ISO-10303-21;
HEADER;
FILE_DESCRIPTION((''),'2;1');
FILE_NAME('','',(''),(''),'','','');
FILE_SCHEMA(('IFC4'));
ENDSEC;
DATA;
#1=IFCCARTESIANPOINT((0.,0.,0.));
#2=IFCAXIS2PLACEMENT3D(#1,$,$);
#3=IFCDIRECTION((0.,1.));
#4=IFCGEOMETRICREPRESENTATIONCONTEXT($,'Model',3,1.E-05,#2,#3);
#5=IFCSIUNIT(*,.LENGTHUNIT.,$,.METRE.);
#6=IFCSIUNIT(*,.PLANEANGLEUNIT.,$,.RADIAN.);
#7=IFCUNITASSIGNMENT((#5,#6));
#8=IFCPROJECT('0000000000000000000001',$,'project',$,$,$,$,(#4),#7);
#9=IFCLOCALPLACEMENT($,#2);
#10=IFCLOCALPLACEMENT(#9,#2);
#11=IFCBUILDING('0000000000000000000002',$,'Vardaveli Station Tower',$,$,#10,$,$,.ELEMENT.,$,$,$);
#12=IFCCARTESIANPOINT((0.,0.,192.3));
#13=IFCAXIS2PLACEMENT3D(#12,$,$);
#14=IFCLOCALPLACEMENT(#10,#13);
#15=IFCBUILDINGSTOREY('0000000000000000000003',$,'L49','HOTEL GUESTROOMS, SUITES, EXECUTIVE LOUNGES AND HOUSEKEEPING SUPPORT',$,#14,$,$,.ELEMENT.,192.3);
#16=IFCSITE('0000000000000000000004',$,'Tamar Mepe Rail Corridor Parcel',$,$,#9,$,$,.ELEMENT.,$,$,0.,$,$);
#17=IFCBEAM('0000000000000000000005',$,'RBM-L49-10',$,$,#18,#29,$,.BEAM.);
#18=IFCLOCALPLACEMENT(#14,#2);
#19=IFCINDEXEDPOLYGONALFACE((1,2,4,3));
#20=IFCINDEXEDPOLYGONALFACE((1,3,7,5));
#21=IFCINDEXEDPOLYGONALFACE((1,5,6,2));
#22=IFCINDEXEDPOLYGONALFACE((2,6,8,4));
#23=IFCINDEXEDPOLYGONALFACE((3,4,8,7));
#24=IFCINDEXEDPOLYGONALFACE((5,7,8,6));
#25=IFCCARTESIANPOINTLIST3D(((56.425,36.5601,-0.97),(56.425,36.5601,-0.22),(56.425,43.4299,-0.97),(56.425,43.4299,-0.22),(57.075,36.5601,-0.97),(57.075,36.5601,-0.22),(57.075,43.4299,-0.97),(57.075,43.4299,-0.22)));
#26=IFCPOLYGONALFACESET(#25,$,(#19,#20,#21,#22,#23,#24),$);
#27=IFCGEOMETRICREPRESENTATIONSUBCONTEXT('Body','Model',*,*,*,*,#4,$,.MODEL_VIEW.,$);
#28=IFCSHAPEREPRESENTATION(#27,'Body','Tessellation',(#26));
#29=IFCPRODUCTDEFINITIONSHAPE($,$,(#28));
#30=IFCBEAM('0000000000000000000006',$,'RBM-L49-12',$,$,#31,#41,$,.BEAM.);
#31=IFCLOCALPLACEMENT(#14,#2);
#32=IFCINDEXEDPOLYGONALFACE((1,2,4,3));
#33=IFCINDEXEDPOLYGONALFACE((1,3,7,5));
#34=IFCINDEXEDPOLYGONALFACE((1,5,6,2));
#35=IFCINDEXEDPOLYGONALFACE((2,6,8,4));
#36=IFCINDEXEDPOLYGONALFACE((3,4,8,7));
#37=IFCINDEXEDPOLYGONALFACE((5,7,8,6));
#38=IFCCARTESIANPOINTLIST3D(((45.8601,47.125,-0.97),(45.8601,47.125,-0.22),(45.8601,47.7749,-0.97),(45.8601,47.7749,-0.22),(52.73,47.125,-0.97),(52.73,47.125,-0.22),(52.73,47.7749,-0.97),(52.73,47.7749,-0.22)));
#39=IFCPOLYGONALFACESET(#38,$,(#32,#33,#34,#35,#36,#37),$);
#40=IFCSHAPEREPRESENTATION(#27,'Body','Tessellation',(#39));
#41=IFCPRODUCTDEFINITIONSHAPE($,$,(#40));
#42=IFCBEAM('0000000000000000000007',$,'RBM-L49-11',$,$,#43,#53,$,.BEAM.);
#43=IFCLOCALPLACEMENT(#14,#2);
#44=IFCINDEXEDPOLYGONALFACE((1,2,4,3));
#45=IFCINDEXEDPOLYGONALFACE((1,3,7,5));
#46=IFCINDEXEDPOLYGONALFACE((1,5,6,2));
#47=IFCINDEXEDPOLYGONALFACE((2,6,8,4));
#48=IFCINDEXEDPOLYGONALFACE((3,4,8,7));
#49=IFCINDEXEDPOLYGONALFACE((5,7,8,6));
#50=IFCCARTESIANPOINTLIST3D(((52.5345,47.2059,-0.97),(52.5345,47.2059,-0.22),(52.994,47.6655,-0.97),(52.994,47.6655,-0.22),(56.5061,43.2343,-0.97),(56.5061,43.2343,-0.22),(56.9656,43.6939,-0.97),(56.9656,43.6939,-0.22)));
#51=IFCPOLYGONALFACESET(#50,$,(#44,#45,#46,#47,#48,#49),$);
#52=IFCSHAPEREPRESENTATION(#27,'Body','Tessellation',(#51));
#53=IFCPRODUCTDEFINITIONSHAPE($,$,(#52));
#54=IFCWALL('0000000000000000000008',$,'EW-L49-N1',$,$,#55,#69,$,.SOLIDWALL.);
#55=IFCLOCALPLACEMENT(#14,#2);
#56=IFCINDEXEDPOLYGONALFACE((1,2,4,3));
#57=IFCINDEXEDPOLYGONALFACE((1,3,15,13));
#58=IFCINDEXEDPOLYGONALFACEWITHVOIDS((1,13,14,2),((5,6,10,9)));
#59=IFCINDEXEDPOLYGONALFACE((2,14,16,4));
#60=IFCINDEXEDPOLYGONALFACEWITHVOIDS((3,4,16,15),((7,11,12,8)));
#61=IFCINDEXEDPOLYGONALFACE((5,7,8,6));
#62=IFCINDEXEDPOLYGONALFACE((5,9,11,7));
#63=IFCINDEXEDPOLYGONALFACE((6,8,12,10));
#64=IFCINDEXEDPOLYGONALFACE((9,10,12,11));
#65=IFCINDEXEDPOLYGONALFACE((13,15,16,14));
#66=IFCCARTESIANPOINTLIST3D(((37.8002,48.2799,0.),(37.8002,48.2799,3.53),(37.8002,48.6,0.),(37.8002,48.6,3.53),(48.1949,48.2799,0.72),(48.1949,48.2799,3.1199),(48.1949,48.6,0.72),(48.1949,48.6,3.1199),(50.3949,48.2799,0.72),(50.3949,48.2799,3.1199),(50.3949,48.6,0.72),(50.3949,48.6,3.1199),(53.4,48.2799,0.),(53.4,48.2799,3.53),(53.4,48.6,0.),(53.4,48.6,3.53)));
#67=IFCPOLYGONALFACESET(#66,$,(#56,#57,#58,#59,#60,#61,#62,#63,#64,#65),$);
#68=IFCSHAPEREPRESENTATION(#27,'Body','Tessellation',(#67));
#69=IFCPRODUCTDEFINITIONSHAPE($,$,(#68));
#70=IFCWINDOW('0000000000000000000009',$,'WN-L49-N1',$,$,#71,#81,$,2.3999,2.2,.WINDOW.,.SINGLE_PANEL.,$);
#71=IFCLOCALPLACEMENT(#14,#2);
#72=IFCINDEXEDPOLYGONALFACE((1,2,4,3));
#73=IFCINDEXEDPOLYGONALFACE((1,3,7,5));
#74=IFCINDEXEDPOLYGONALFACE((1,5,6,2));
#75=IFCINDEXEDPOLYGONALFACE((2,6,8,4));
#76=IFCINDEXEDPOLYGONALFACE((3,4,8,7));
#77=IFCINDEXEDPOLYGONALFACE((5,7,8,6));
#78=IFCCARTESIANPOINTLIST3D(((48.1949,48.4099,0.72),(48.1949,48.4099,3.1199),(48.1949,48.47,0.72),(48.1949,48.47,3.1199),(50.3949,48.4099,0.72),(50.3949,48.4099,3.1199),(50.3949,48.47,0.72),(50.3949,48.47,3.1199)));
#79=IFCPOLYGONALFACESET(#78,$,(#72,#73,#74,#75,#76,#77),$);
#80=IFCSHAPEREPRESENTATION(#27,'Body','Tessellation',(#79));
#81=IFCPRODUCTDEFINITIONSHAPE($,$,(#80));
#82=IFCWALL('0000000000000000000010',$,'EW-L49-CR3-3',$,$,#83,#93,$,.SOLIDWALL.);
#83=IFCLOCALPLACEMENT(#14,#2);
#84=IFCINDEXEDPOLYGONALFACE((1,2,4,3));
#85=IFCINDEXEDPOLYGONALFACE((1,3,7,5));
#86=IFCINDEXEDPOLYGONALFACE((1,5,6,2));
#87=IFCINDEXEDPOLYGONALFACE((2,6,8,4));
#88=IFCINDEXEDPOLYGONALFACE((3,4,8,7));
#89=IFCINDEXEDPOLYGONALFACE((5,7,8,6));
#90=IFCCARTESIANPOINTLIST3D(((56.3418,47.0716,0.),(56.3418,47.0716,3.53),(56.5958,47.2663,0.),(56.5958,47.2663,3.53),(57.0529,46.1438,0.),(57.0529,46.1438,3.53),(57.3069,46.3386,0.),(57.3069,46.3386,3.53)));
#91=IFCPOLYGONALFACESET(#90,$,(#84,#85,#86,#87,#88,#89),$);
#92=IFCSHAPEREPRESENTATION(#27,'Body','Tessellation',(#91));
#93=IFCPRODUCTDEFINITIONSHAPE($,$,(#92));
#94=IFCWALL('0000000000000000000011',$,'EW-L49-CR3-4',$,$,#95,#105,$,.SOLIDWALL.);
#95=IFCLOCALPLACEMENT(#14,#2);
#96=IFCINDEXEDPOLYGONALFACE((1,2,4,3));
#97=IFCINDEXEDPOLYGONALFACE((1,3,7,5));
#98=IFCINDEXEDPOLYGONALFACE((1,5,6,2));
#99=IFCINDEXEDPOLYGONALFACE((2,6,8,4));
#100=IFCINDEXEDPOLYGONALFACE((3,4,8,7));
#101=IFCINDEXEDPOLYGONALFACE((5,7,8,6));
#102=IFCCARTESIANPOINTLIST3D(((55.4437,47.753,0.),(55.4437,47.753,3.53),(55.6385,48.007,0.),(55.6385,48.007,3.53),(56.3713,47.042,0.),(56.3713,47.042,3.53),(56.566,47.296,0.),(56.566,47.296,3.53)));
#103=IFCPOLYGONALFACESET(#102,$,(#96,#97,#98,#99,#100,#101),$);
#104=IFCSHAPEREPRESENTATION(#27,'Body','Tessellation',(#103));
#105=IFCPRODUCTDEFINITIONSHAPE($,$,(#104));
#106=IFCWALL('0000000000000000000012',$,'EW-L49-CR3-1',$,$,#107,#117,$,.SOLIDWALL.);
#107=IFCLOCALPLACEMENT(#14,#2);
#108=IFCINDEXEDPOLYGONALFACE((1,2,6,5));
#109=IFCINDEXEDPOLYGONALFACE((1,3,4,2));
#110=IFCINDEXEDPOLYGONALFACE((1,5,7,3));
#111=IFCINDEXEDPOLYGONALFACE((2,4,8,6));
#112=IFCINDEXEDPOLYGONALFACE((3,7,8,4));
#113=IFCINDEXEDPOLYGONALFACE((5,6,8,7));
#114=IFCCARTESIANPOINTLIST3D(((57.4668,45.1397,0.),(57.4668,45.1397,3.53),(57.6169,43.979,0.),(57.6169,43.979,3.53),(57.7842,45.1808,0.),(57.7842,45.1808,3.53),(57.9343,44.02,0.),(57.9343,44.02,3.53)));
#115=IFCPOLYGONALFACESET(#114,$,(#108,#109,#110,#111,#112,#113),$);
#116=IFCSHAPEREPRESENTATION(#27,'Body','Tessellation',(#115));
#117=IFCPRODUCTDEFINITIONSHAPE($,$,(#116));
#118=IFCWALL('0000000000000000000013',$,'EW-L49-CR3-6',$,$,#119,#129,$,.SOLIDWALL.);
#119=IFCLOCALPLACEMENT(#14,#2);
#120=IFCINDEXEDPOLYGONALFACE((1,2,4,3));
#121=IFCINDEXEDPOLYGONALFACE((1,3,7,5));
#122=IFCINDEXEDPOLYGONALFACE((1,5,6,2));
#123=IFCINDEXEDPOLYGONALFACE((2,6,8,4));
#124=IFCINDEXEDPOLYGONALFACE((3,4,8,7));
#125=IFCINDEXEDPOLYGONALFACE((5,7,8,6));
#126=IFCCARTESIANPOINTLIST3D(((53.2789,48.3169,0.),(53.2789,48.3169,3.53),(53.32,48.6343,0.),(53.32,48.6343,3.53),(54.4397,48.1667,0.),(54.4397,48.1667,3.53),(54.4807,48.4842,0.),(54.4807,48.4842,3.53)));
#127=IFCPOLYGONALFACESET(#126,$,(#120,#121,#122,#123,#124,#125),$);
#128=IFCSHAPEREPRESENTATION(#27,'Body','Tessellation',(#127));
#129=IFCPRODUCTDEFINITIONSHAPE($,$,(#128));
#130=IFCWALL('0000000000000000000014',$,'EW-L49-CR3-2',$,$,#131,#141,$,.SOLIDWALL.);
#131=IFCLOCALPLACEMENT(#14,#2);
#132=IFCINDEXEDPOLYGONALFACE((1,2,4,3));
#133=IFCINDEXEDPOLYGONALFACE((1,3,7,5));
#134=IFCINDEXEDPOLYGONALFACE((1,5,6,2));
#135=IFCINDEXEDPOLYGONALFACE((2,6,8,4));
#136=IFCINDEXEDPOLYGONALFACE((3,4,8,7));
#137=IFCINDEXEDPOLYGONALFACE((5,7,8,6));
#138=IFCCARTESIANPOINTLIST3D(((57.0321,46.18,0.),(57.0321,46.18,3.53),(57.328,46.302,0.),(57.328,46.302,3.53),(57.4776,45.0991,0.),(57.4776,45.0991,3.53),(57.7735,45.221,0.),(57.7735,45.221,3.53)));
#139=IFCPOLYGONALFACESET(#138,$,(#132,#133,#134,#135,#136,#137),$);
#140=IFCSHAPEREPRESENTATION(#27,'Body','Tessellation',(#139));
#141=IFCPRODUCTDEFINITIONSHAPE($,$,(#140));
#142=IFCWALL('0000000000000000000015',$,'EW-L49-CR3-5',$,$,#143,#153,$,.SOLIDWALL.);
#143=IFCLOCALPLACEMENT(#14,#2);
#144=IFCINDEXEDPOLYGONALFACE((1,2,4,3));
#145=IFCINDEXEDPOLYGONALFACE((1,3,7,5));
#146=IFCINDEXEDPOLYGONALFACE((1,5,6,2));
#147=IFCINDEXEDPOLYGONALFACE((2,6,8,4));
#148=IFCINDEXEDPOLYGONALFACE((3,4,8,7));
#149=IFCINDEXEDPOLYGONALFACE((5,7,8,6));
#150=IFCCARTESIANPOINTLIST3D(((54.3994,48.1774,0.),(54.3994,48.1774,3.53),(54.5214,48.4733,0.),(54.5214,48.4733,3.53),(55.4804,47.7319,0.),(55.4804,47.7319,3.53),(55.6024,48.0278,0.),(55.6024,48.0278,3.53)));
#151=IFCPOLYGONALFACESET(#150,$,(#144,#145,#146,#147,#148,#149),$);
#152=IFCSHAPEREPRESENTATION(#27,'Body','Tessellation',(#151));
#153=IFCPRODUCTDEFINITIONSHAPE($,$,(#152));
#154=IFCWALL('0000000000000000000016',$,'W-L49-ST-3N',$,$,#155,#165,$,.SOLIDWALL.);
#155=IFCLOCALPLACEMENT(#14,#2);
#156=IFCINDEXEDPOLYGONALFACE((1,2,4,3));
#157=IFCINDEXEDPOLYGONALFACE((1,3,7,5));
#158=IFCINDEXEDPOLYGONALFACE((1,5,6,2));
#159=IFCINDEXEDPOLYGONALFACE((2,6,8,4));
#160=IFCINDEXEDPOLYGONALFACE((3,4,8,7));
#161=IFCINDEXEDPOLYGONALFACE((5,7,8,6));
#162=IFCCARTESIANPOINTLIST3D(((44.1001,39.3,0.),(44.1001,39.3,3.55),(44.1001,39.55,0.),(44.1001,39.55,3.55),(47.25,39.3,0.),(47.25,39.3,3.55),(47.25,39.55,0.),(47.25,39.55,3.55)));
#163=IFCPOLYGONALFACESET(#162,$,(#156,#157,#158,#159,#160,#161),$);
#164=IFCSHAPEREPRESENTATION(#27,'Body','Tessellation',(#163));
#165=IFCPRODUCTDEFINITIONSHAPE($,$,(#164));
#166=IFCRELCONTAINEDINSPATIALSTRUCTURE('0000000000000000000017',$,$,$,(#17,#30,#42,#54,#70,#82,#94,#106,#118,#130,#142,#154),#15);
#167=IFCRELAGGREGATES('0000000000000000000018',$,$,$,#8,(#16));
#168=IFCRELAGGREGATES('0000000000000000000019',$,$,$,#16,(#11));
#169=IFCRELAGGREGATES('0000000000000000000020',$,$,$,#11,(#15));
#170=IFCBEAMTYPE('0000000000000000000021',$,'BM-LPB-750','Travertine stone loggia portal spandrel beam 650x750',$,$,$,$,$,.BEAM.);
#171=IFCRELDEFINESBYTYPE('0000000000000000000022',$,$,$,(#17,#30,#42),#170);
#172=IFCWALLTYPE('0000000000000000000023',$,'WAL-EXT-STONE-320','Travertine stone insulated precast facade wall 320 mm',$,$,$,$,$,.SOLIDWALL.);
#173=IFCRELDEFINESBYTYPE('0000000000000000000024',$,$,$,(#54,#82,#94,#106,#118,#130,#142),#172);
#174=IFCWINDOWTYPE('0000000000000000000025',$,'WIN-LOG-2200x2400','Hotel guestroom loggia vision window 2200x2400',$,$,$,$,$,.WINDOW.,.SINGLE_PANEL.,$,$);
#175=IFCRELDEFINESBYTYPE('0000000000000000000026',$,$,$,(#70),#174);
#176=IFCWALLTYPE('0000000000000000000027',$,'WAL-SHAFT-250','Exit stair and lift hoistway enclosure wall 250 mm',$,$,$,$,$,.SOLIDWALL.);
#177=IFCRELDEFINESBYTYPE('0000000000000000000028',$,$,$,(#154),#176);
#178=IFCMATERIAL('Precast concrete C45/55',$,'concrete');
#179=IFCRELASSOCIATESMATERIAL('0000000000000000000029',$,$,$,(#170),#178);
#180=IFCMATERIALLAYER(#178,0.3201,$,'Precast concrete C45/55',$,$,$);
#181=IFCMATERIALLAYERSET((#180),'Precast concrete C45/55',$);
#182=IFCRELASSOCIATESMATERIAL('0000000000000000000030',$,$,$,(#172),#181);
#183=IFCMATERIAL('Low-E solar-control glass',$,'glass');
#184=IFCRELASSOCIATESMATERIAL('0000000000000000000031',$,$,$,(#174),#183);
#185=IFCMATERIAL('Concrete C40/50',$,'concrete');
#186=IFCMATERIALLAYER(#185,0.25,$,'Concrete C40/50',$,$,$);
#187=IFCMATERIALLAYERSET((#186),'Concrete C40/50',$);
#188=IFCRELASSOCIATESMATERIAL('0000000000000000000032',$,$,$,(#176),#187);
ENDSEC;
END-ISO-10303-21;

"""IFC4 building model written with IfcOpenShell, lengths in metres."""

from ifc_helpers import new_model, si_unit, direction, frame, frame_2d, origin, origin_2d, place, context, subcontext, project, spatial, rectangle, extrude, source, transform, mapped, material, layer, layer_set, material_profile, profile_set, type_object, element, fill, save


model = new_model("IFC4")

# Units and contexts
model_context = context("Model", 3, precision=1e-05, world=origin(), true_north=direction((0.0, 1.0)))
body_context = subcontext(model_context, "Body", "Model", "MODEL_VIEW")
ifc_project = project(units=[si_unit("LENGTHUNIT", "METRE"), si_unit("PLANEANGLEUNIT", "RADIAN")], contexts=[model_context])

# Site, building, storey
site_placement = place(None, origin())
site = spatial("IfcSite", under=ifc_project, at=site_placement, Name="Tamar Mepe Rail Corridor Parcel", CompositionType="ELEMENT", RefElevation=0.0)
building_placement = place(site_placement, origin())
building = spatial("IfcBuilding", under=site, at=building_placement, Name="Vardaveli Station Tower", CompositionType="ELEMENT")
storey_placement = place(building_placement, frame((0.0, 0.0, 192.3)))
storey = spatial("IfcBuildingStorey", under=building, at=storey_placement, Name="L49", Description="HOTEL GUESTROOMS, SUITES, EXECUTIVE LOUNGES AND HOUSEKEEPING SUPPORT", CompositionType="ELEMENT", Elevation=192.3)

# Beams
ifc_material_1 = material(Name="Precast concrete C45/55", Category="concrete")
ifc_material_profile_1 = material_profile(ifc_material_1, rectangle(XDim=0.6499, YDim=0.75, at=origin_2d()), Name="LPB 650x750")
ifc_profile_set_1 = profile_set([ifc_material_profile_1], Name="Precast concrete C45/55")
beam_type = type_object("IfcBeamType", Name="BM-LPB-750", Description="Travertine stone loggia portal spandrel beam 650x750", PredefinedType="BEAM", material=ifc_profile_set_1)
shared_shape_1 = source(origin(), body_context, "Body", "SweptSolid", [
    extrude(rectangle(XDim=0.6499, YDim=0.75, at=origin_2d()), origin(), (0.0, 0.0, 1.0), 6.8699),
])
for number, where, z_axis, x_axis, name in (
    (1, (56.75, 36.5601, -0.595), (0.0, 1.0, 0.0), (-1.0, 0.0, 0.0), "RBM-L49-10"),
    (2, (52.73, 47.45, -0.595), (-1.0, 0.0, 0.0), (0.0, -1.0, 0.0), "RBM-L49-12"),
):
    element("IfcBeam", number, at=place(storey_placement, frame(where, z_axis=z_axis, x_axis=x_axis)), inside=storey, type_object=beam_type, Name=name, PredefinedType="BEAM", context=body_context, shape_type="MappedRepresentation", body=[
        mapped(shared_shape_1, transform((0.0, 0.0, 0.0), scale=1.0)),
    ])
shared_shape_2 = source(origin(), body_context, "Body", "SweptSolid", [
    extrude(rectangle(XDim=0.6499, YDim=0.75, at=origin_2d()), origin(), (0.0, 0.0, 1.0), 5.6167),
])
beam_1_placement = place(storey_placement, frame((56.7358, 43.4641, -0.595), z_axis=(-0.707107, 0.707107, 0.0), x_axis=(-0.707107, -0.707107, 0.0)))
element("IfcBeam", 3, at=beam_1_placement, inside=storey, type_object=beam_type, Name="RBM-L49-11", PredefinedType="BEAM", context=body_context, shape_type="MappedRepresentation", body=[
    mapped(shared_shape_2, transform((0.0, 0.0, 0.0), scale=1.0)),
])

# Wall, opening, window
ifc_layer_1 = layer(ifc_material_1, 0.3201, Name="Precast concrete C45/55")
ifc_layer_set_1 = layer_set([ifc_layer_1], Name="Precast concrete C45/55")
wall_type_1 = type_object("IfcWallType", Name="WAL-EXT-STONE-320", Description="Travertine stone insulated precast facade wall 320 mm", PredefinedType="SOLIDWALL", material=ifc_layer_set_1)
shared_shape_3 = source(origin(), body_context, "Body", "SweptSolid", [
    extrude(rectangle(XDim=15.5999, YDim=0.3201, at=frame_2d((7.7998, 0.0))), origin(), (0.0, 0.0, 1.0), 3.53),
])
wall_1_placement = place(storey_placement, frame((53.3999, 48.4399, 0.0), z_axis=(0.0, 0.0, 1.0), x_axis=(-1.0, 0.0, 0.0)))
wall_1 = element("IfcWall", 4, at=wall_1_placement, inside=storey, type_object=wall_type_1, Name="EW-L49-N1", PredefinedType="SOLIDWALL", context=body_context, shape_type="MappedRepresentation", body=[
    mapped(shared_shape_3, transform((0.0, 0.0, 0.0), scale=1.0)),
])
shared_shape_4 = source(origin(), body_context, "Body", "SweptSolid", [
    extrude(rectangle(XDim=2.2, YDim=2.3999, at=frame_2d((1.1001, 1.2))), frame((0.0, 0.1699, 0.0), z_axis=(0.0, -1.0, 0.0), x_axis=(1.0, 0.0, 0.0)), (0.0, 0.0, 1.0), 0.3401),
])
opening_placement = place(wall_1_placement, frame((3.0049, 0.0, 0.72)))
opening = element("IfcOpeningElement", 5, at=opening_placement, cuts=wall_1, PredefinedType="OPENING", context=body_context, shape_type="MappedRepresentation", body=[
    mapped(shared_shape_4, transform((0.0, 0.0, 0.0), scale=1.0)),
])
ifc_material_2 = material(Name="Low-E solar-control glass", Category="glass")
window_type = type_object("IfcWindowType", Name="WIN-LOG-2200x2400", Description="Hotel guestroom loggia vision window 2200x2400", PartitioningType="SINGLE_PANEL", PredefinedType="WINDOW", material=ifc_material_2)
shared_shape_5 = source(origin(), body_context, "Body", "SweptSolid", [
    extrude(rectangle(XDim=2.2, YDim=2.3999, at=frame_2d((1.1001, 1.2))), frame((0.0, 0.03, 0.0), z_axis=(0.0, -1.0, 0.0), x_axis=(1.0, 0.0, 0.0)), (0.0, 0.0, 1.0), 0.0601),
])
window_placement = place(opening_placement, origin())
window = element("IfcWindow", 6, at=window_placement, inside=storey, type_object=window_type, Name="WN-L49-N1", OverallHeight=2.3999, OverallWidth=2.2, PartitioningType="SINGLE_PANEL", PredefinedType="WINDOW", context=body_context, shape_type="MappedRepresentation", body=[
    mapped(shared_shape_5, transform((0.0, 0.0, 0.0), scale=1.0)),
])
fill(opening, window)

# Walls
shared_shape_6 = source(origin(), body_context, "Body", "SweptSolid", [
    extrude(rectangle(XDim=1.1689, YDim=0.3201, at=frame_2d((0.5845, 0.0))), origin(), (0.0, 0.0, 1.0), 3.53),
])
wall_2_placement = place(storey_placement, frame((57.1799, 46.2412, 0.0), z_axis=(0.0, 0.0, 1.0), x_axis=(-0.608388, 0.79364, 0.0)))
element("IfcWall", 7, at=wall_2_placement, inside=storey, type_object=wall_type_1, Name="EW-L49-CR3-3", PredefinedType="SOLIDWALL", context=body_context, shape_type="MappedRepresentation", body=[
    mapped(shared_shape_6, transform((0.0, 0.0, 0.0), scale=1.0)),
])
shared_shape_7 = source(origin(), body_context, "Body", "SweptSolid", [
    extrude(rectangle(XDim=1.1687, YDim=0.3201, at=frame_2d((0.5845, 0.0))), origin(), (0.0, 0.0, 1.0), 3.53),
])
wall_3_placement = place(storey_placement, frame((56.4688, 47.1689, 0.0), z_axis=(0.0, 0.0, 1.0), x_axis=(-0.793664, 0.608357, 0.0)))
element("IfcWall", 8, at=wall_3_placement, inside=storey, type_object=wall_type_1, Name="EW-L49-CR3-4", PredefinedType="SOLIDWALL", context=body_context, shape_type="MappedRepresentation", body=[
    mapped(shared_shape_7, transform((0.0, 0.0, 0.0), scale=1.0)),
])
shared_shape_8 = source(origin(), body_context, "Body", "SweptSolid", [
    extrude(rectangle(XDim=1.1704, YDim=0.3201, at=frame_2d((0.5852, 0.0))), origin(), (0.0, 0.0, 1.0), 3.53),
])
for number, where, z_axis, x_axis, name in (
    (9, (57.7756, 43.9995, 0.0), (0.0, 0.0, 1.0), (-0.128296, 0.991736, 0.0), "EW-L49-CR3-1"),
    (10, (54.4602, 48.3254, 0.0), (0.0, 0.0, 1.0), (-0.991736, 0.128296, 0.0), "EW-L49-CR3-6"),
):
    element("IfcWall", number, at=place(storey_placement, frame(where, z_axis=z_axis, x_axis=x_axis)), inside=storey, type_object=wall_type_1, Name=name, PredefinedType="SOLIDWALL", context=body_context, shape_type="MappedRepresentation", body=[
        mapped(shared_shape_8, transform((0.0, 0.0, 0.0), scale=1.0)),
    ])
shared_shape_9 = source(origin(), body_context, "Body", "SweptSolid", [
    extrude(rectangle(XDim=1.1692, YDim=0.3201, at=frame_2d((0.5845, 0.0))), origin(), (0.0, 0.0, 1.0), 3.53),
])
for number, where, z_axis, x_axis, name in (
    (11, (57.6255, 45.1602, 0.0), (0.0, 0.0, 1.0), (-0.381054, 0.924553, 0.0), "EW-L49-CR3-2"),
    (12, (55.5413, 47.8799, 0.0), (0.0, 0.0, 1.0), (-0.924553, 0.381054, 0.0), "EW-L49-CR3-5"),
):
    element("IfcWall", number, at=place(storey_placement, frame(where, z_axis=z_axis, x_axis=x_axis)), inside=storey, type_object=wall_type_1, Name=name, PredefinedType="SOLIDWALL", context=body_context, shape_type="MappedRepresentation", body=[
        mapped(shared_shape_9, transform((0.0, 0.0, 0.0), scale=1.0)),
    ])
ifc_material_3 = material(Name="Concrete C40/50", Category="concrete")
ifc_layer_2 = layer(ifc_material_3, 0.25, Name="Concrete C40/50")
ifc_layer_set_2 = layer_set([ifc_layer_2], Name="Concrete C40/50")
wall_type_2 = type_object("IfcWallType", Name="WAL-SHAFT-250", Description="Exit stair and lift hoistway enclosure wall 250 mm", PredefinedType="SOLIDWALL", material=ifc_layer_set_2)
shared_shape_10 = source(origin(), body_context, "Body", "SweptSolid", [
    extrude(rectangle(XDim=3.1499, YDim=0.25, at=frame_2d((1.575, 0.0))), origin(), (0.0, 0.0, 1.0), 3.55),
])
wall_4_placement = place(storey_placement, frame((44.1001, 39.425, 0.0), z_axis=(0.0, 0.0, 1.0), x_axis=(1.0, 0.0, 0.0)))
element("IfcWall", 13, at=wall_4_placement, inside=storey, type_object=wall_type_2, Name="W-L49-ST-3N", PredefinedType="SOLIDWALL", context=body_context, shape_type="MappedRepresentation", body=[
    mapped(shared_shape_10, transform((0.0, 0.0, 0.0), scale=1.0)),
])

save(model, "model.ifc")
